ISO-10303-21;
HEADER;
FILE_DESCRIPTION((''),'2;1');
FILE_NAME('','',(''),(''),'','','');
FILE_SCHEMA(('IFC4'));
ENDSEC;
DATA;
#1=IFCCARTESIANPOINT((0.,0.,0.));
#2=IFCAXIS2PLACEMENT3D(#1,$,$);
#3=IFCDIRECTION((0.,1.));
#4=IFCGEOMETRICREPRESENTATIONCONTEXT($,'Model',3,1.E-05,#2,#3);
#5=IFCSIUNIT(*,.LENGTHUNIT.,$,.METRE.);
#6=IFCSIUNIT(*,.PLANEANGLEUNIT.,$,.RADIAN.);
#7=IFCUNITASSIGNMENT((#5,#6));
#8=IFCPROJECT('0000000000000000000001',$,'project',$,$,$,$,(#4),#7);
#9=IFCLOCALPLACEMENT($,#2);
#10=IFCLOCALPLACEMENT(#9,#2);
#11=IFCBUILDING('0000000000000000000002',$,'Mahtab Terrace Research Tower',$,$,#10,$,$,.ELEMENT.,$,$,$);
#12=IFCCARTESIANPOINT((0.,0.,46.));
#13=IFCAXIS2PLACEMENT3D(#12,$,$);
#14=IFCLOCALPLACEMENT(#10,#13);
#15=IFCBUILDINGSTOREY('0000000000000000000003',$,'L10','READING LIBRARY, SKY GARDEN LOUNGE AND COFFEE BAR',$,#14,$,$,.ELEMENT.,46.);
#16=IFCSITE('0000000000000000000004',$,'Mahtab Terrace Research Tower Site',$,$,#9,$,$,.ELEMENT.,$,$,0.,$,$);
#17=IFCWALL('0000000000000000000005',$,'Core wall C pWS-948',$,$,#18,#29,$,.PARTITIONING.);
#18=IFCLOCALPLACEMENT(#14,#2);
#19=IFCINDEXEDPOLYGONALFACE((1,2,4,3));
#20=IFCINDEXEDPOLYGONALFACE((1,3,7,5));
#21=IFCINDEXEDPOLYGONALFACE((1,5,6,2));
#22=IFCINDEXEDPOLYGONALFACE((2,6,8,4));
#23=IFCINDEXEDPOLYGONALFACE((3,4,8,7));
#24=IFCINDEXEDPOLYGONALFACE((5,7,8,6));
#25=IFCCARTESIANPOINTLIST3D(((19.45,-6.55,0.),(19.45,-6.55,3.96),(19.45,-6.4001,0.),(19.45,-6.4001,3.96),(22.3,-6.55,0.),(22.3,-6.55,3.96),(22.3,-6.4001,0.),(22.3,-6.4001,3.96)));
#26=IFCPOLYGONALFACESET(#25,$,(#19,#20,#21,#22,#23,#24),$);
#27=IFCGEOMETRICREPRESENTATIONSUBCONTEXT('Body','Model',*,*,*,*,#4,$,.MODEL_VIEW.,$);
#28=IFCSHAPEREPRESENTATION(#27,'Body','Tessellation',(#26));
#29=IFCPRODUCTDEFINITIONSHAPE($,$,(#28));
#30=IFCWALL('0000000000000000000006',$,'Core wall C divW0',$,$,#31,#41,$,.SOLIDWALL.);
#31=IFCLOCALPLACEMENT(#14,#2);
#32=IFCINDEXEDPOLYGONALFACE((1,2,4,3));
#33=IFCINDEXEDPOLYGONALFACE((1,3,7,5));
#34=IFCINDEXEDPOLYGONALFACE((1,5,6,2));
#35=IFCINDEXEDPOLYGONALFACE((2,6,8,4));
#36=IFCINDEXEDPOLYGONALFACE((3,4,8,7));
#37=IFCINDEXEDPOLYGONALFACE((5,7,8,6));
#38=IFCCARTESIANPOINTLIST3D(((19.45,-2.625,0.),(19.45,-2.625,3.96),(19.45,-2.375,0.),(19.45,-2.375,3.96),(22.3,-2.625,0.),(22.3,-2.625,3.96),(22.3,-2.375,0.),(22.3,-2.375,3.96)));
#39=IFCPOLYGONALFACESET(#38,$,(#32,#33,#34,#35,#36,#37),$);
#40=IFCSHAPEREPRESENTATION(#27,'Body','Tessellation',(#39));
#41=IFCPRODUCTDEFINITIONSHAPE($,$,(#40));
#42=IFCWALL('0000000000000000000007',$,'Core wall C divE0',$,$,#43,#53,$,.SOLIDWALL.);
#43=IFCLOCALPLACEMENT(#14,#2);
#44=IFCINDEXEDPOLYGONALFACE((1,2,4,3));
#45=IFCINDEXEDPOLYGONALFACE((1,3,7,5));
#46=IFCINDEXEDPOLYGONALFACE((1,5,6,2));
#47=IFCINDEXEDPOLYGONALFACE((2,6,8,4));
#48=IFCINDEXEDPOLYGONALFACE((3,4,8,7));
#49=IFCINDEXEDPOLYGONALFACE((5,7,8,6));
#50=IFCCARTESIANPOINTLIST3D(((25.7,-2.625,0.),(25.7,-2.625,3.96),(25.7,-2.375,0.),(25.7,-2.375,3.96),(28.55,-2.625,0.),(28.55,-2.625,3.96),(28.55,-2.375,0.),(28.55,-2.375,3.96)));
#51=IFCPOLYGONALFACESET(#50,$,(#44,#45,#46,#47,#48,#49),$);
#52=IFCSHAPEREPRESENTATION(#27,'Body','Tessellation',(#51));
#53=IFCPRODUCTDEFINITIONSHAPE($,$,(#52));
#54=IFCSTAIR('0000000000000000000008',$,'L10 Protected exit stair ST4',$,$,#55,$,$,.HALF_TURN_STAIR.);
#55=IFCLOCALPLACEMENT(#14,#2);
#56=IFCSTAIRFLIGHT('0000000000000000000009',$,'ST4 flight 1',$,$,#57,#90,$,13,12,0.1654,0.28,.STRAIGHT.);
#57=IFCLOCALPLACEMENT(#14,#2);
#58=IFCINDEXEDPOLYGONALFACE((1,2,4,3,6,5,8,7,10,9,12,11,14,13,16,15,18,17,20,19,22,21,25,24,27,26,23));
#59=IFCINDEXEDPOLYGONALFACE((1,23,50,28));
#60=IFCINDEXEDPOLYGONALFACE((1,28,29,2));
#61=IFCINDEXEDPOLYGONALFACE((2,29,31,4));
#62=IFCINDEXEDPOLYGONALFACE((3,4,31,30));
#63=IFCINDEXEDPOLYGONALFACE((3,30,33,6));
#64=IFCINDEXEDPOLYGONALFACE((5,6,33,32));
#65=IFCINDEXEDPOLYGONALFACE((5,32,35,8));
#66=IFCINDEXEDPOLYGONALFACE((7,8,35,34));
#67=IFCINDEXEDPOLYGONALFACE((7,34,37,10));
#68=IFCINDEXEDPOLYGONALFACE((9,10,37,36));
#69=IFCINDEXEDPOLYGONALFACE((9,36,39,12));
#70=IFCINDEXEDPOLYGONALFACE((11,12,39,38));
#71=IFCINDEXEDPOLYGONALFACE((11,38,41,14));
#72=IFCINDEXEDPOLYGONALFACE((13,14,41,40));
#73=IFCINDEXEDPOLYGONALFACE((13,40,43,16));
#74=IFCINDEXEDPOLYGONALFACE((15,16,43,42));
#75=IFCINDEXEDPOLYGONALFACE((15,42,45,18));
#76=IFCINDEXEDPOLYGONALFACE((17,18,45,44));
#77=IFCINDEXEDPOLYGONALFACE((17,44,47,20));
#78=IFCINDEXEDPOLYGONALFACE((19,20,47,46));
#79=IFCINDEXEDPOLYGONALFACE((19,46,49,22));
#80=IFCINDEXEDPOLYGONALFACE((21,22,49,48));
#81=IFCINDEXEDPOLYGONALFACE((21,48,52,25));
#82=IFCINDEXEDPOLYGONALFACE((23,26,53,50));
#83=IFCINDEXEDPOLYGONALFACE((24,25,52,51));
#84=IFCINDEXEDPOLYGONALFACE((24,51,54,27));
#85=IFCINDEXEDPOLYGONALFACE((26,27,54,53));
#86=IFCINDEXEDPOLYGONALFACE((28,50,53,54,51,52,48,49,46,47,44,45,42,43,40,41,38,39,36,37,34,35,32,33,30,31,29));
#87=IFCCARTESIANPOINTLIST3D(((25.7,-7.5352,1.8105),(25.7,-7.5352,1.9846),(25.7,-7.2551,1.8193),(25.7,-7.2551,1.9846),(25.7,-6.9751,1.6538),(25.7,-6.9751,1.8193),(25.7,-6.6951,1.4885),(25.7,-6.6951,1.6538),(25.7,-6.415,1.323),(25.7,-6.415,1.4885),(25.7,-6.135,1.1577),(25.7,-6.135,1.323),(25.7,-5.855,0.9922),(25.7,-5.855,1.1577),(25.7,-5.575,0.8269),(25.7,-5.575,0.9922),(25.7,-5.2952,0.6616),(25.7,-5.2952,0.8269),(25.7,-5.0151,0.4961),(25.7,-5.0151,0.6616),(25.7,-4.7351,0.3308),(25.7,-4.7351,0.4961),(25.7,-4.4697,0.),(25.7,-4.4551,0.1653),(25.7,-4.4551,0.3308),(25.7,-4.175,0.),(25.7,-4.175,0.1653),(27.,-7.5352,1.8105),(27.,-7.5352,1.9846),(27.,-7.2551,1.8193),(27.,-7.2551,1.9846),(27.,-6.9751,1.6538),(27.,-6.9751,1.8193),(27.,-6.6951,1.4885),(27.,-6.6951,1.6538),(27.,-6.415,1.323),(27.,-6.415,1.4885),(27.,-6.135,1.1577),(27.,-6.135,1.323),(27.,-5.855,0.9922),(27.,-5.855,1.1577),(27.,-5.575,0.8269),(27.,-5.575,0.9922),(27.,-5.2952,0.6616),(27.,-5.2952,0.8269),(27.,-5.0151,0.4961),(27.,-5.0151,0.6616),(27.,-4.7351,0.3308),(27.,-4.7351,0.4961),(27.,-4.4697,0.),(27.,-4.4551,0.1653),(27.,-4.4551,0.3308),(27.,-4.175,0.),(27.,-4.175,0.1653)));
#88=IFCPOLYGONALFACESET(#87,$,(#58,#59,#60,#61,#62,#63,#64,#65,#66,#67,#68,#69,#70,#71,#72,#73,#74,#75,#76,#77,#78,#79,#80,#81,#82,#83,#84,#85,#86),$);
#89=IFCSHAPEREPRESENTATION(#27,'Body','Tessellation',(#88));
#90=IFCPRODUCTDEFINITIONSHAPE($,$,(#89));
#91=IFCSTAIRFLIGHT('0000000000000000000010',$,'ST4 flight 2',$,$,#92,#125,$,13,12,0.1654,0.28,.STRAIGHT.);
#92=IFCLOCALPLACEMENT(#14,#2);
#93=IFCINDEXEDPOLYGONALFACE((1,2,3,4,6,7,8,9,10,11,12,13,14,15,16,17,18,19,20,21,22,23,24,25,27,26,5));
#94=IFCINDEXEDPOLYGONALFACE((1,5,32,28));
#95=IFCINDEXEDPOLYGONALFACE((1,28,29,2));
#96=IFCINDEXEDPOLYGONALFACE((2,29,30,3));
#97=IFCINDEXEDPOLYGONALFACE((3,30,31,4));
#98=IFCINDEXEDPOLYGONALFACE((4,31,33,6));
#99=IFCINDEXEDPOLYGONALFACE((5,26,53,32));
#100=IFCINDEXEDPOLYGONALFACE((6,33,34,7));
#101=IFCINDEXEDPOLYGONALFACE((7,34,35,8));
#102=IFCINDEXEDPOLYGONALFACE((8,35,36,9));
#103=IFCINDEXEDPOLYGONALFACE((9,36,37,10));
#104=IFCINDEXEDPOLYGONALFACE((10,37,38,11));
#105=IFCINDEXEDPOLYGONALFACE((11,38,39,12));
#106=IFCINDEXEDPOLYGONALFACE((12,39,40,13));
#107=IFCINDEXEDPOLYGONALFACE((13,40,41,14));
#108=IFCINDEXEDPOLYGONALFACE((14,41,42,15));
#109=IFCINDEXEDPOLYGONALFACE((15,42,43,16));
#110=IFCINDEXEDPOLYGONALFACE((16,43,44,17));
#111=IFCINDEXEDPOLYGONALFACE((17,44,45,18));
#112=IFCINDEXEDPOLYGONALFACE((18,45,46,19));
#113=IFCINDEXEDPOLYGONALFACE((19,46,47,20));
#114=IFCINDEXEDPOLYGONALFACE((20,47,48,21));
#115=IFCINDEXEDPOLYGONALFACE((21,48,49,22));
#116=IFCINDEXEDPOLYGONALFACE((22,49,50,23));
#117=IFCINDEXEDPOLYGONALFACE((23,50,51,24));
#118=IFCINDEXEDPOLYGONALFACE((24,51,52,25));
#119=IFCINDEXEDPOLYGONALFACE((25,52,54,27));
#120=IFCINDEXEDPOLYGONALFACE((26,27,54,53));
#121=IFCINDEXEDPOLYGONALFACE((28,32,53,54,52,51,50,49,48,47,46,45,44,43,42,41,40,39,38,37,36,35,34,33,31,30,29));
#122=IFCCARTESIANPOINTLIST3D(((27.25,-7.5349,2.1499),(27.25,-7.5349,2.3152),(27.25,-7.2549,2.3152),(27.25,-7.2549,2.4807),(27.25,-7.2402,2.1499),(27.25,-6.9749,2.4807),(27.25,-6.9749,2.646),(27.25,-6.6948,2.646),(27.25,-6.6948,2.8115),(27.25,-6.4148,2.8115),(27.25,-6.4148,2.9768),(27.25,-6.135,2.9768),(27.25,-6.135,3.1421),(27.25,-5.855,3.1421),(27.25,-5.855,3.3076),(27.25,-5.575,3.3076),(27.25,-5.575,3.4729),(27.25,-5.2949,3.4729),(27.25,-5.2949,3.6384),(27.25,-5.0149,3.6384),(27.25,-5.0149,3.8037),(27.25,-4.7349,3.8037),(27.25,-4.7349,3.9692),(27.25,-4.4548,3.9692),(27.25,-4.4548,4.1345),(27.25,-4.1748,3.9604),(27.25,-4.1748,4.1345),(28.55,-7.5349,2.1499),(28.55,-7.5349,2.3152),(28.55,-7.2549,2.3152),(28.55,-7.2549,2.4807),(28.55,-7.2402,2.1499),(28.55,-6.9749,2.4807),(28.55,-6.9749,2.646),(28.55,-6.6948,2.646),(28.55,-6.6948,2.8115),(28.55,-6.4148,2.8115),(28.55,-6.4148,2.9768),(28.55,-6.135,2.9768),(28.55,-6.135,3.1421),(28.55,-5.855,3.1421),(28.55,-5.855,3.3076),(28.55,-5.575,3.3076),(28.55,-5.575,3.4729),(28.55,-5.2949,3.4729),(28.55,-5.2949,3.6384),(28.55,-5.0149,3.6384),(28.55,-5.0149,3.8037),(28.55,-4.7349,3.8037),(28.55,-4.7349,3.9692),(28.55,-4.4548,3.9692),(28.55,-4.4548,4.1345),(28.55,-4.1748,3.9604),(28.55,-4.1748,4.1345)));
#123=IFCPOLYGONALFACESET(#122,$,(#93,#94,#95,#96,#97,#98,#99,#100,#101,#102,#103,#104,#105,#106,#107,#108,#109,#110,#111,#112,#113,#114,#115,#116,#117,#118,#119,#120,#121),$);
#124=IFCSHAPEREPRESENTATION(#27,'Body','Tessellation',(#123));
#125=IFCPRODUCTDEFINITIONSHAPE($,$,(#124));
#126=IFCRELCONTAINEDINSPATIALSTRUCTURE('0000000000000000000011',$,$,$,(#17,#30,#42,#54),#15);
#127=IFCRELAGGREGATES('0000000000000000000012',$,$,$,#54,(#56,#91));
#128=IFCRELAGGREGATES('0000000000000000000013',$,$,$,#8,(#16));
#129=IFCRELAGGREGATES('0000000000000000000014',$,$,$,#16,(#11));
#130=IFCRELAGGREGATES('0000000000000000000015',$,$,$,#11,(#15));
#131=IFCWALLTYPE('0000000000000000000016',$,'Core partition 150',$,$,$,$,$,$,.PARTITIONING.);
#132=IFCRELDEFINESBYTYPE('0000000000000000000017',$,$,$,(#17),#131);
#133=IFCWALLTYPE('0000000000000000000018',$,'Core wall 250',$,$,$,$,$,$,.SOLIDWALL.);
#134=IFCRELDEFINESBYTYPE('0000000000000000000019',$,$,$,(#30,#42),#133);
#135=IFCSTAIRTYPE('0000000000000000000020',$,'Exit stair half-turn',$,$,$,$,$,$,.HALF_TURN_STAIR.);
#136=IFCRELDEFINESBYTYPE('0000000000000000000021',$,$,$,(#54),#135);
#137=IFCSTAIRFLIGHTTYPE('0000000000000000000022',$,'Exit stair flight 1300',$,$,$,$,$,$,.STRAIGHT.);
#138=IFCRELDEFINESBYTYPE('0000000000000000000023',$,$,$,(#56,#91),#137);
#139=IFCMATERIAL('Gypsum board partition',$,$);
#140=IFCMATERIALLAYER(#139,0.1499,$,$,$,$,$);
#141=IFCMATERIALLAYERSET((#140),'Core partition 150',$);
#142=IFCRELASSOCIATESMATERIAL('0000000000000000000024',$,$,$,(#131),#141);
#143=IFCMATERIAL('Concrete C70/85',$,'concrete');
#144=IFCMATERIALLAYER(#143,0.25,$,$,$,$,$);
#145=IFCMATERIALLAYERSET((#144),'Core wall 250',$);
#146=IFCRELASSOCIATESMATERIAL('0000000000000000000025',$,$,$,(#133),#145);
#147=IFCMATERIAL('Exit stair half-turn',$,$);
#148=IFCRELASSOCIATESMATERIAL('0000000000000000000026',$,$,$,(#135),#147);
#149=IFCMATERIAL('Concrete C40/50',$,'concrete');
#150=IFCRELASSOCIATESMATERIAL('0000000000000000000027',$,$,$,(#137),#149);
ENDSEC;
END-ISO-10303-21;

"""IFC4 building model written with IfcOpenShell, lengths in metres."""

from ifc_helpers import new_model, si_unit, direction, frame, frame_2d, origin, place, context, subcontext, project, spatial, polyline, rectangle, outline, extrude, material, layer, layer_set, type_object, element, aggregate, save


model = new_model("IFC4")

# Units and contexts
model_context = context("Model", 3, precision=1e-05, world=origin(), true_north=direction((0.0, 1.0)))
body_context = subcontext(model_context, "Body", "Model", "MODEL_VIEW")
ifc_project = project(units=[si_unit("LENGTHUNIT", "METRE"), si_unit("PLANEANGLEUNIT", "RADIAN")], contexts=[model_context])

# Site, building, storey
site_placement = place(None, origin())
site = spatial("IfcSite", under=ifc_project, at=site_placement, Name="Mahtab Terrace Research Tower Site", CompositionType="ELEMENT", RefElevation=0.0)
building_placement = place(site_placement, origin())
building = spatial("IfcBuilding", under=site, at=building_placement, Name="Mahtab Terrace Research Tower", CompositionType="ELEMENT")
storey_placement = place(building_placement, frame((0.0, 0.0, 46.0)))
storey = spatial("IfcBuildingStorey", under=building, at=storey_placement, Name="L10", Description="READING LIBRARY, SKY GARDEN LOUNGE AND COFFEE BAR", CompositionType="ELEMENT", Elevation=46.0)

# Walls
ifc_material_1 = material(Name="Gypsum board partition")
ifc_layer_1 = layer(ifc_material_1, 0.1499)
ifc_layer_set_1 = layer_set([ifc_layer_1], Name="Core partition 150")
wall_type_1 = type_object("IfcWallType", Name="Core partition 150", PredefinedType="PARTITIONING", material=ifc_layer_set_1)
wall_placement = place(storey_placement, frame((19.45, -6.4751, 0.0), z_axis=(0.0, 0.0, 1.0), x_axis=(1.0, 0.0, 0.0)))
element("IfcWall", 1, at=wall_placement, inside=storey, type_object=wall_type_1, Name="Core wall C pWS-948", PredefinedType="PARTITIONING", context=body_context, shape_type="SweptSolid", body=[
    extrude(rectangle(XDim=2.8501, YDim=0.1499, at=frame_2d((1.425, 0.0))), origin(), (0.0, 0.0, 1.0), 3.96),
])
ifc_material_2 = material(Name="Concrete C70/85", Category="concrete")
ifc_layer_2 = layer(ifc_material_2, 0.25)
ifc_layer_set_2 = layer_set([ifc_layer_2], Name="Core wall 250")
wall_type_2 = type_object("IfcWallType", Name="Core wall 250", PredefinedType="SOLIDWALL", material=ifc_layer_set_2)
for number, where, z_axis, x_axis, name in (
    (2, (19.45, -2.5, 0.0), (0.0, 0.0, 1.0), (1.0, 0.0, 0.0), "Core wall C divW0"),
    (3, (25.7, -2.5, 0.0), (0.0, 0.0, 1.0), (1.0, 0.0, 0.0), "Core wall C divE0"),
):
    element("IfcWall", number, at=place(storey_placement, frame(where, z_axis=z_axis, x_axis=x_axis)), inside=storey, type_object=wall_type_2, Name=name, PredefinedType="SOLIDWALL", context=body_context, shape_type="SweptSolid", body=[
        extrude(rectangle(XDim=2.8501, YDim=0.25, at=frame_2d((1.425, 0.0))), origin(), (0.0, 0.0, 1.0), 3.96),
    ])

# Stair, stair flights
ifc_material_3 = material(Name="Exit stair half-turn")
stair_type = type_object("IfcStairType", Name="Exit stair half-turn", PredefinedType="HALF_TURN_STAIR", material=ifc_material_3)
stair_placement = place(storey_placement, origin())
stair = element("IfcStair", 4, at=stair_placement, inside=storey, type_object=stair_type, Name="L10 Protected exit stair ST4", PredefinedType="HALF_TURN_STAIR")
ifc_material_4 = material(Name="Concrete C40/50", Category="concrete")
stair_flight_type = type_object("IfcStairFlightType", Name="Exit stair flight 1300", PredefinedType="STRAIGHT", material=ifc_material_4)
stair_flight_1_placement = place(storey_placement, frame((26.3501, -4.175, 0.0), z_axis=(0.0, 0.0, 1.0), x_axis=(0.0, -1.0, 0.0)))
stair_flight_1 = element("IfcStairFlight", 5, at=stair_flight_1_placement, type_object=stair_flight_type, Name="ST4 flight 1", NumberOfRisers=13, NumberOfTreads=12, PredefinedType="STRAIGHT", RiserHeight=0.1654, TreadLength=0.28, context=body_context, shape_type="SweptSolid", body=[
    extrude(outline(polyline([(0.0, 0.0), (0.0, 0.1653), (0.28, 0.1653), (0.28, 0.3308), (0.5601, 0.3308), (0.5601, 0.4961), (0.8401, 0.4961), (0.8401, 0.6616), (1.1201, 0.6616), (1.1201, 0.8269), (1.3999, 0.8269), (1.3999, 0.9922), (1.6799, 0.9922), (1.6799, 1.1577), (1.96, 1.1577), (1.96, 1.323), (2.24, 1.323), (2.24, 1.4885), (2.52, 1.4885), (2.52, 1.6538), (2.8, 1.6538), (2.8, 1.8193), (3.0801, 1.8193), (3.0801, 1.9846), (3.3601, 1.9846), (3.3601, 2.1499), (3.3601, 1.8105), (0.2947, 0.0), (0.0, 0.0)])), frame((0.0, 0.6499, 0.0), z_axis=(0.0, -1.0, 0.0), x_axis=(1.0, 0.0, 0.0)), (0.0, 0.0, 1.0), 1.3),
])
stair_flight_2_placement = place(storey_placement, frame((27.8999, -7.5349, 2.1499), z_axis=(0.0, 0.0, 1.0), x_axis=(0.0, 1.0, 0.0)))
stair_flight_2 = element("IfcStairFlight", 6, at=stair_flight_2_placement, type_object=stair_flight_type, Name="ST4 flight 2", NumberOfRisers=13, NumberOfTreads=12, PredefinedType="STRAIGHT", RiserHeight=0.1654, TreadLength=0.28, context=body_context, shape_type="SweptSolid", body=[
    extrude(outline(polyline([(0.0, 0.0), (0.0, 0.1653), (0.28, 0.1653), (0.28, 0.3308), (0.5601, 0.3308), (0.5601, 0.4961), (0.8401, 0.4961), (0.8401, 0.6616), (1.1201, 0.6616), (1.1201, 0.8269), (1.3999, 0.8269), (1.3999, 0.9922), (1.6799, 0.9922), (1.6799, 1.1577), (1.96, 1.1577), (1.96, 1.323), (2.24, 1.323), (2.24, 1.4885), (2.52, 1.4885), (2.52, 1.6538), (2.8, 1.6538), (2.8, 1.8193), (3.0801, 1.8193), (3.0801, 1.9846), (3.3601, 1.9846), (3.3601, 2.1499), (3.3601, 1.8105), (0.2947, 0.0), (0.0, 0.0)])), frame((0.0, 0.6499, 0.0), z_axis=(0.0, -1.0, 0.0), x_axis=(1.0, 0.0, 0.0)), (0.0, 0.0, 1.0), 1.3),
])
aggregate(stair, [stair_flight_1, stair_flight_2])

save(model, "model.ifc")
